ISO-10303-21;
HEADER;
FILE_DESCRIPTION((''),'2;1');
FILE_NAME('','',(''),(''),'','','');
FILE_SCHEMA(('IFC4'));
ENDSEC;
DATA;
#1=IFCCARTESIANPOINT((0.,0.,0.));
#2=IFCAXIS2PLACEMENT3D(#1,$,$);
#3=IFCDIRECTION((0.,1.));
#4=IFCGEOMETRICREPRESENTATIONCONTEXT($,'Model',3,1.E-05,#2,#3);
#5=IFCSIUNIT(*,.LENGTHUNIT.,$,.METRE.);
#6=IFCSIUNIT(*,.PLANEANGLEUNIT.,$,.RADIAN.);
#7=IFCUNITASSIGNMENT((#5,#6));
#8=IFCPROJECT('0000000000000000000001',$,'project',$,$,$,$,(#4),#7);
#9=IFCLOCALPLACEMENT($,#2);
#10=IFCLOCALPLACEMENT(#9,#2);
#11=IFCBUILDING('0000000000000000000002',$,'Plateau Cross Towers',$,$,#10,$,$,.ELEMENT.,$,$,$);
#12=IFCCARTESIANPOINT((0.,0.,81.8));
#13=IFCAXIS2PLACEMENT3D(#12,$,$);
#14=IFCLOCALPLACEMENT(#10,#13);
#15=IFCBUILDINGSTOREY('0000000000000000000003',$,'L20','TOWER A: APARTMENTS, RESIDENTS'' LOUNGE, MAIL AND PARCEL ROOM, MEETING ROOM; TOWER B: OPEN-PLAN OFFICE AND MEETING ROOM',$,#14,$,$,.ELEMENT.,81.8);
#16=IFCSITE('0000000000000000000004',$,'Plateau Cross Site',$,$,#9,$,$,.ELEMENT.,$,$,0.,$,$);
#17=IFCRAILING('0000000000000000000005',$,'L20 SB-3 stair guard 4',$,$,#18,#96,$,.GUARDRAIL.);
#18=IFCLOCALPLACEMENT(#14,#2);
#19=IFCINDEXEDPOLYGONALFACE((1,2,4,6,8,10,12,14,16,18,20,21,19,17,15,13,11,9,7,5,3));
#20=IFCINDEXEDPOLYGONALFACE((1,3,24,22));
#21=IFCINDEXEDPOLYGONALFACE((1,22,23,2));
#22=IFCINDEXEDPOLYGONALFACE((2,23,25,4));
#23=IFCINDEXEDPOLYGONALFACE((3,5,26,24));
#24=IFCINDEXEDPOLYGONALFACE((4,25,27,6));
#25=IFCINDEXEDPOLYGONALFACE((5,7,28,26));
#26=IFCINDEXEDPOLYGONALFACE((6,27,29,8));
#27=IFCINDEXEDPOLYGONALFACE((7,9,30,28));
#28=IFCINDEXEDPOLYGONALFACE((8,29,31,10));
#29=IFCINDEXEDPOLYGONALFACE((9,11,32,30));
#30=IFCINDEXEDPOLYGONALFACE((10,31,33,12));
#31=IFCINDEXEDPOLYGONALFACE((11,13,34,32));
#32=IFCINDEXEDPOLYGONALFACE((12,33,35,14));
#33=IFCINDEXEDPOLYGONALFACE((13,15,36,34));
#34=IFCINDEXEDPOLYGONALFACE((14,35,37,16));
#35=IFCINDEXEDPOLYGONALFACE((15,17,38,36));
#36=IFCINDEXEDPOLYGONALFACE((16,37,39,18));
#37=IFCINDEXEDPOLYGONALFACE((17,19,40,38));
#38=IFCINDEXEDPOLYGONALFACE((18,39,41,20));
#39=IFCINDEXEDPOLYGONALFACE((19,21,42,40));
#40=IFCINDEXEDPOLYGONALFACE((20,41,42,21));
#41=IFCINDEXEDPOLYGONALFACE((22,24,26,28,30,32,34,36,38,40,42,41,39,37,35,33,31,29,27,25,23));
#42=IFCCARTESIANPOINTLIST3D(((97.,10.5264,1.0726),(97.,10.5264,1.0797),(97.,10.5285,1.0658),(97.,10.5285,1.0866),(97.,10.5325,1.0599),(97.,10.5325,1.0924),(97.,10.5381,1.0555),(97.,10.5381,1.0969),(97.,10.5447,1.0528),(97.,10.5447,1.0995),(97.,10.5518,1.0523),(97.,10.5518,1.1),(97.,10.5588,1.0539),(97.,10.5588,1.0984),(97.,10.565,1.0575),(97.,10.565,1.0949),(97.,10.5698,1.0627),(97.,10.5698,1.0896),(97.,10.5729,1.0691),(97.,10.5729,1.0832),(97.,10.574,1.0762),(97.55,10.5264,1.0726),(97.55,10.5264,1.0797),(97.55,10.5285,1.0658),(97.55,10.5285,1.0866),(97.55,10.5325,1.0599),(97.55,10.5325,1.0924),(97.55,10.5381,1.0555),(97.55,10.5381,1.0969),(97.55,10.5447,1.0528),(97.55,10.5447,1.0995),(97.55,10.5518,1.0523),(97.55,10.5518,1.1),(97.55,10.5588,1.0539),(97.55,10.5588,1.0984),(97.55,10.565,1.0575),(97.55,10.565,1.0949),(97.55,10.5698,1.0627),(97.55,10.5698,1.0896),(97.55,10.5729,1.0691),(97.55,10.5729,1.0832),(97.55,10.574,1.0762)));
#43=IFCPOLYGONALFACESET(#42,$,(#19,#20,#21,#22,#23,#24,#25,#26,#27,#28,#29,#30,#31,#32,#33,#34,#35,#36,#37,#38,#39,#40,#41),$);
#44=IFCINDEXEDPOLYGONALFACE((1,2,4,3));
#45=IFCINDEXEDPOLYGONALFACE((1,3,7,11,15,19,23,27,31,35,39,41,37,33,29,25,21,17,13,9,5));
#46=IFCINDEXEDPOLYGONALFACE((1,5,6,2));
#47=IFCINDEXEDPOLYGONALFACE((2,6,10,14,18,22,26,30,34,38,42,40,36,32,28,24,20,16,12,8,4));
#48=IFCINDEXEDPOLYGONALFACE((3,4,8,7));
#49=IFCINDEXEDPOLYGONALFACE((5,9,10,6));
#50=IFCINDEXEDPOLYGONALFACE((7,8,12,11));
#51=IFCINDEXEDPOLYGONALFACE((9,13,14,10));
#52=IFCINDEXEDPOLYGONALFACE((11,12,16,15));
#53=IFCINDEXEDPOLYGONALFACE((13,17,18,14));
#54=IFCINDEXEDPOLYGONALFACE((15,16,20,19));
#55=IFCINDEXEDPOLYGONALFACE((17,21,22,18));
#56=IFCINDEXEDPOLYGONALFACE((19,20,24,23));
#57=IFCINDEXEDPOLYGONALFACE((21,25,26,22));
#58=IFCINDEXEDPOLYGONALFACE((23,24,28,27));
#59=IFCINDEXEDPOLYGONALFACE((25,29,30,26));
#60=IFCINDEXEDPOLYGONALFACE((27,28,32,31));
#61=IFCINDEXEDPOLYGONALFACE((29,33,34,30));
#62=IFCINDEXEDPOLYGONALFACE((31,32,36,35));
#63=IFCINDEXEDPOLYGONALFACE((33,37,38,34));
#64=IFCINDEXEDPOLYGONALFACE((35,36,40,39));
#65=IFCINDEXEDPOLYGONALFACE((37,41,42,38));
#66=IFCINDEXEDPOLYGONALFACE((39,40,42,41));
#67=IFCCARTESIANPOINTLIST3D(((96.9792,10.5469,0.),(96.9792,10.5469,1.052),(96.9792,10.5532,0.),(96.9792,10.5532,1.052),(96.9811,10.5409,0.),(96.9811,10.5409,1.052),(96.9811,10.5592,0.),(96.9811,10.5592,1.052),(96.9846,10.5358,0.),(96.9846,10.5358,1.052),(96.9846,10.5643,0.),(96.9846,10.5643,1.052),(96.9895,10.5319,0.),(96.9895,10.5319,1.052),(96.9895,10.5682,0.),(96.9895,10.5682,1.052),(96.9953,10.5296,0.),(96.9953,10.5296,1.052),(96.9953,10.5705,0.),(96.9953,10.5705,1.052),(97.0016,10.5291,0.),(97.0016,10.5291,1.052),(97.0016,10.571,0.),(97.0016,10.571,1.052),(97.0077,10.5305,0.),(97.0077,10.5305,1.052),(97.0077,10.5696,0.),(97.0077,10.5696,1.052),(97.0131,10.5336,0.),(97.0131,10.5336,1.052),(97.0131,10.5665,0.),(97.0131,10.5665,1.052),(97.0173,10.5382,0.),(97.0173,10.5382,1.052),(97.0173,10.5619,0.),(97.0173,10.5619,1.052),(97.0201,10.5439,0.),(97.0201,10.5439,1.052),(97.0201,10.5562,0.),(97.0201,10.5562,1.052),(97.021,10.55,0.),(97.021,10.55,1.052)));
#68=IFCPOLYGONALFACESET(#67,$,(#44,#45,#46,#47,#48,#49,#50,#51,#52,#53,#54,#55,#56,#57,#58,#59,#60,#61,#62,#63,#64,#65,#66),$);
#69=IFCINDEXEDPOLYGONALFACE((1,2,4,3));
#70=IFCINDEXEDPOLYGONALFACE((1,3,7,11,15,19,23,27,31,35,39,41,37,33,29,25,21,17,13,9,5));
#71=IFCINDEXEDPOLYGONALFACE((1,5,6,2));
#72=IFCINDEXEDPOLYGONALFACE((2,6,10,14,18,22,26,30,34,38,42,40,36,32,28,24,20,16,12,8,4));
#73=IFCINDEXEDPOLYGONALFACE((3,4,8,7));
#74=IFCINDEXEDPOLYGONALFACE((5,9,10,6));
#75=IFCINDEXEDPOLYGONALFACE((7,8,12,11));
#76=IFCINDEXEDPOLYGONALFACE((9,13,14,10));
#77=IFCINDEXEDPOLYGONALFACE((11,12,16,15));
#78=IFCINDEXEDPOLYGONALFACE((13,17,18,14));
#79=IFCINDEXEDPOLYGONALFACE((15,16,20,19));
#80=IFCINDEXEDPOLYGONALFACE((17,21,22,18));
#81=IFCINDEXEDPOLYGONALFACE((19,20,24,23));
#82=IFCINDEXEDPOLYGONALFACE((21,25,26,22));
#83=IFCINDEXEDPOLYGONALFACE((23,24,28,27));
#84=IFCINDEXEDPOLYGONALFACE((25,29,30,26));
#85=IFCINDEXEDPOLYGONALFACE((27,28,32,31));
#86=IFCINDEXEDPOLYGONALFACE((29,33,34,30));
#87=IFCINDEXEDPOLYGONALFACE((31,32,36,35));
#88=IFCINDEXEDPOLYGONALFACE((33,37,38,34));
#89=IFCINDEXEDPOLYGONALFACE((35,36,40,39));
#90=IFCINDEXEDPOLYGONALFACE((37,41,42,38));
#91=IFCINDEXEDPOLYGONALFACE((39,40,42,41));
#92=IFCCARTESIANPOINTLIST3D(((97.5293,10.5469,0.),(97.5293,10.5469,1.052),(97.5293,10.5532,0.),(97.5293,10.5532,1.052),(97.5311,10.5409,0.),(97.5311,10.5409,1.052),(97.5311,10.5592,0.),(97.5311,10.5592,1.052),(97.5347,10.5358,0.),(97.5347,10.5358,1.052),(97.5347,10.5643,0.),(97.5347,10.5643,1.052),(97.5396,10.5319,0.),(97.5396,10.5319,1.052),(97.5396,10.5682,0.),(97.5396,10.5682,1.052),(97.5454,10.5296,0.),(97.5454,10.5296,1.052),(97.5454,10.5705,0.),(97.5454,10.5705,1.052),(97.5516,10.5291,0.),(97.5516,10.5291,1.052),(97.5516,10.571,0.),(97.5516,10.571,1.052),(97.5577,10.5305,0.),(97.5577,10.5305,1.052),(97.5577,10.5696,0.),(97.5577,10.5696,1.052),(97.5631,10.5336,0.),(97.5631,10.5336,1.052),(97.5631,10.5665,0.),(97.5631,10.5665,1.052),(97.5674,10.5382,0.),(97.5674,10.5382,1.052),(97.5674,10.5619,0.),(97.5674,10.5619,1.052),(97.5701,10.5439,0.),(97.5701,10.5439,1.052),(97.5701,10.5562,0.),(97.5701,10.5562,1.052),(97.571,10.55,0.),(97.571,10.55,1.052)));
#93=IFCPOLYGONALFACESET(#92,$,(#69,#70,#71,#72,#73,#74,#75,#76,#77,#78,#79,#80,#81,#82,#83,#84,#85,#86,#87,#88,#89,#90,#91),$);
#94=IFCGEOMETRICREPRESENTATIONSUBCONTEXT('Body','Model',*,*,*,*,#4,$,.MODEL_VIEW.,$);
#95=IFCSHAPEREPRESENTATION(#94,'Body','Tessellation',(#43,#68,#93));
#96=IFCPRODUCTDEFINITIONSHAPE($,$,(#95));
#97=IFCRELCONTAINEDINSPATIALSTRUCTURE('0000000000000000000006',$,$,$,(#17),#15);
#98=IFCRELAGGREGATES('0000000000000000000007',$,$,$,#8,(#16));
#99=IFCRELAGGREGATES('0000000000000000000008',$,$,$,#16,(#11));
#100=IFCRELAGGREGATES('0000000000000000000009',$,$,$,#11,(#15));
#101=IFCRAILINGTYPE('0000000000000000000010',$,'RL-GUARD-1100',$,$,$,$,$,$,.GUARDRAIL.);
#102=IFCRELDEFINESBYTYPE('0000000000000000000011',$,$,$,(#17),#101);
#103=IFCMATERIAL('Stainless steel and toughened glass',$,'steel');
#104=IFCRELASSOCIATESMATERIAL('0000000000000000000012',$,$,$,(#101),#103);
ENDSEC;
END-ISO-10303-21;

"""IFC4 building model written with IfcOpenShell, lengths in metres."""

from ifc_helpers import new_model, si_unit, direction, frame, origin, origin_2d, place, context, subcontext, project, spatial, circle, extrude, material, type_object, element, save


model = new_model("IFC4")

# Units and contexts
model_context = context("Model", 3, precision=1e-05, world=origin(), true_north=direction((0.0, 1.0)))
body_context = subcontext(model_context, "Body", "Model", "MODEL_VIEW")
ifc_project = project(units=[si_unit("LENGTHUNIT", "METRE"), si_unit("PLANEANGLEUNIT", "RADIAN")], contexts=[model_context])

# Site, building, storey
site_placement = place(None, origin())
site = spatial("IfcSite", under=ifc_project, at=site_placement, Name="Plateau Cross Site", CompositionType="ELEMENT", RefElevation=0.0)
building_placement = place(site_placement, origin())
building = spatial("IfcBuilding", under=site, at=building_placement, Name="Plateau Cross Towers", CompositionType="ELEMENT")
storey_placement = place(building_placement, frame((0.0, 0.0, 81.8)))
storey = spatial("IfcBuildingStorey", under=building, at=storey_placement, Name="L20", Description="TOWER A: APARTMENTS, RESIDENTS' LOUNGE, MAIL AND PARCEL ROOM, MEETING ROOM; TOWER B: OPEN-PLAN OFFICE AND MEETING ROOM", CompositionType="ELEMENT", Elevation=81.8)

# Railing
ifc_material_1 = material(Name="Stainless steel and toughened glass", Category="steel")
railing_type_1 = type_object("IfcRailingType", Name="RL-GUARD-1100", PredefinedType="GUARDRAIL", material=ifc_material_1)
railing_1_placement = place(storey_placement, frame((97.0, 10.55, 0.0)))
element("IfcRailing", 1, at=railing_1_placement, inside=storey, type_object=railing_type_1, Name="L20 SB-3 stair guard 4", PredefinedType="GUARDRAIL", context=body_context, shape_type="SweptSolid", body=[
    extrude(circle(Radius=0.0239, at=origin_2d()), frame((0.0, 0.0, 1.0762), z_axis=(1.0, 0.0, 0.0), x_axis=(0.0, 1.0, 0.0)), (0.0, 0.0, 1.0), 0.55),
    extrude(circle(Radius=0.021, at=origin_2d()), origin(), (0.0, 0.0, 1.0), 1.052),
    extrude(circle(Radius=0.021, at=origin_2d()), frame((0.55, 0.0, 0.0)), (0.0, 0.0, 1.0), 1.052),
])

save(model, "model.ifc")
